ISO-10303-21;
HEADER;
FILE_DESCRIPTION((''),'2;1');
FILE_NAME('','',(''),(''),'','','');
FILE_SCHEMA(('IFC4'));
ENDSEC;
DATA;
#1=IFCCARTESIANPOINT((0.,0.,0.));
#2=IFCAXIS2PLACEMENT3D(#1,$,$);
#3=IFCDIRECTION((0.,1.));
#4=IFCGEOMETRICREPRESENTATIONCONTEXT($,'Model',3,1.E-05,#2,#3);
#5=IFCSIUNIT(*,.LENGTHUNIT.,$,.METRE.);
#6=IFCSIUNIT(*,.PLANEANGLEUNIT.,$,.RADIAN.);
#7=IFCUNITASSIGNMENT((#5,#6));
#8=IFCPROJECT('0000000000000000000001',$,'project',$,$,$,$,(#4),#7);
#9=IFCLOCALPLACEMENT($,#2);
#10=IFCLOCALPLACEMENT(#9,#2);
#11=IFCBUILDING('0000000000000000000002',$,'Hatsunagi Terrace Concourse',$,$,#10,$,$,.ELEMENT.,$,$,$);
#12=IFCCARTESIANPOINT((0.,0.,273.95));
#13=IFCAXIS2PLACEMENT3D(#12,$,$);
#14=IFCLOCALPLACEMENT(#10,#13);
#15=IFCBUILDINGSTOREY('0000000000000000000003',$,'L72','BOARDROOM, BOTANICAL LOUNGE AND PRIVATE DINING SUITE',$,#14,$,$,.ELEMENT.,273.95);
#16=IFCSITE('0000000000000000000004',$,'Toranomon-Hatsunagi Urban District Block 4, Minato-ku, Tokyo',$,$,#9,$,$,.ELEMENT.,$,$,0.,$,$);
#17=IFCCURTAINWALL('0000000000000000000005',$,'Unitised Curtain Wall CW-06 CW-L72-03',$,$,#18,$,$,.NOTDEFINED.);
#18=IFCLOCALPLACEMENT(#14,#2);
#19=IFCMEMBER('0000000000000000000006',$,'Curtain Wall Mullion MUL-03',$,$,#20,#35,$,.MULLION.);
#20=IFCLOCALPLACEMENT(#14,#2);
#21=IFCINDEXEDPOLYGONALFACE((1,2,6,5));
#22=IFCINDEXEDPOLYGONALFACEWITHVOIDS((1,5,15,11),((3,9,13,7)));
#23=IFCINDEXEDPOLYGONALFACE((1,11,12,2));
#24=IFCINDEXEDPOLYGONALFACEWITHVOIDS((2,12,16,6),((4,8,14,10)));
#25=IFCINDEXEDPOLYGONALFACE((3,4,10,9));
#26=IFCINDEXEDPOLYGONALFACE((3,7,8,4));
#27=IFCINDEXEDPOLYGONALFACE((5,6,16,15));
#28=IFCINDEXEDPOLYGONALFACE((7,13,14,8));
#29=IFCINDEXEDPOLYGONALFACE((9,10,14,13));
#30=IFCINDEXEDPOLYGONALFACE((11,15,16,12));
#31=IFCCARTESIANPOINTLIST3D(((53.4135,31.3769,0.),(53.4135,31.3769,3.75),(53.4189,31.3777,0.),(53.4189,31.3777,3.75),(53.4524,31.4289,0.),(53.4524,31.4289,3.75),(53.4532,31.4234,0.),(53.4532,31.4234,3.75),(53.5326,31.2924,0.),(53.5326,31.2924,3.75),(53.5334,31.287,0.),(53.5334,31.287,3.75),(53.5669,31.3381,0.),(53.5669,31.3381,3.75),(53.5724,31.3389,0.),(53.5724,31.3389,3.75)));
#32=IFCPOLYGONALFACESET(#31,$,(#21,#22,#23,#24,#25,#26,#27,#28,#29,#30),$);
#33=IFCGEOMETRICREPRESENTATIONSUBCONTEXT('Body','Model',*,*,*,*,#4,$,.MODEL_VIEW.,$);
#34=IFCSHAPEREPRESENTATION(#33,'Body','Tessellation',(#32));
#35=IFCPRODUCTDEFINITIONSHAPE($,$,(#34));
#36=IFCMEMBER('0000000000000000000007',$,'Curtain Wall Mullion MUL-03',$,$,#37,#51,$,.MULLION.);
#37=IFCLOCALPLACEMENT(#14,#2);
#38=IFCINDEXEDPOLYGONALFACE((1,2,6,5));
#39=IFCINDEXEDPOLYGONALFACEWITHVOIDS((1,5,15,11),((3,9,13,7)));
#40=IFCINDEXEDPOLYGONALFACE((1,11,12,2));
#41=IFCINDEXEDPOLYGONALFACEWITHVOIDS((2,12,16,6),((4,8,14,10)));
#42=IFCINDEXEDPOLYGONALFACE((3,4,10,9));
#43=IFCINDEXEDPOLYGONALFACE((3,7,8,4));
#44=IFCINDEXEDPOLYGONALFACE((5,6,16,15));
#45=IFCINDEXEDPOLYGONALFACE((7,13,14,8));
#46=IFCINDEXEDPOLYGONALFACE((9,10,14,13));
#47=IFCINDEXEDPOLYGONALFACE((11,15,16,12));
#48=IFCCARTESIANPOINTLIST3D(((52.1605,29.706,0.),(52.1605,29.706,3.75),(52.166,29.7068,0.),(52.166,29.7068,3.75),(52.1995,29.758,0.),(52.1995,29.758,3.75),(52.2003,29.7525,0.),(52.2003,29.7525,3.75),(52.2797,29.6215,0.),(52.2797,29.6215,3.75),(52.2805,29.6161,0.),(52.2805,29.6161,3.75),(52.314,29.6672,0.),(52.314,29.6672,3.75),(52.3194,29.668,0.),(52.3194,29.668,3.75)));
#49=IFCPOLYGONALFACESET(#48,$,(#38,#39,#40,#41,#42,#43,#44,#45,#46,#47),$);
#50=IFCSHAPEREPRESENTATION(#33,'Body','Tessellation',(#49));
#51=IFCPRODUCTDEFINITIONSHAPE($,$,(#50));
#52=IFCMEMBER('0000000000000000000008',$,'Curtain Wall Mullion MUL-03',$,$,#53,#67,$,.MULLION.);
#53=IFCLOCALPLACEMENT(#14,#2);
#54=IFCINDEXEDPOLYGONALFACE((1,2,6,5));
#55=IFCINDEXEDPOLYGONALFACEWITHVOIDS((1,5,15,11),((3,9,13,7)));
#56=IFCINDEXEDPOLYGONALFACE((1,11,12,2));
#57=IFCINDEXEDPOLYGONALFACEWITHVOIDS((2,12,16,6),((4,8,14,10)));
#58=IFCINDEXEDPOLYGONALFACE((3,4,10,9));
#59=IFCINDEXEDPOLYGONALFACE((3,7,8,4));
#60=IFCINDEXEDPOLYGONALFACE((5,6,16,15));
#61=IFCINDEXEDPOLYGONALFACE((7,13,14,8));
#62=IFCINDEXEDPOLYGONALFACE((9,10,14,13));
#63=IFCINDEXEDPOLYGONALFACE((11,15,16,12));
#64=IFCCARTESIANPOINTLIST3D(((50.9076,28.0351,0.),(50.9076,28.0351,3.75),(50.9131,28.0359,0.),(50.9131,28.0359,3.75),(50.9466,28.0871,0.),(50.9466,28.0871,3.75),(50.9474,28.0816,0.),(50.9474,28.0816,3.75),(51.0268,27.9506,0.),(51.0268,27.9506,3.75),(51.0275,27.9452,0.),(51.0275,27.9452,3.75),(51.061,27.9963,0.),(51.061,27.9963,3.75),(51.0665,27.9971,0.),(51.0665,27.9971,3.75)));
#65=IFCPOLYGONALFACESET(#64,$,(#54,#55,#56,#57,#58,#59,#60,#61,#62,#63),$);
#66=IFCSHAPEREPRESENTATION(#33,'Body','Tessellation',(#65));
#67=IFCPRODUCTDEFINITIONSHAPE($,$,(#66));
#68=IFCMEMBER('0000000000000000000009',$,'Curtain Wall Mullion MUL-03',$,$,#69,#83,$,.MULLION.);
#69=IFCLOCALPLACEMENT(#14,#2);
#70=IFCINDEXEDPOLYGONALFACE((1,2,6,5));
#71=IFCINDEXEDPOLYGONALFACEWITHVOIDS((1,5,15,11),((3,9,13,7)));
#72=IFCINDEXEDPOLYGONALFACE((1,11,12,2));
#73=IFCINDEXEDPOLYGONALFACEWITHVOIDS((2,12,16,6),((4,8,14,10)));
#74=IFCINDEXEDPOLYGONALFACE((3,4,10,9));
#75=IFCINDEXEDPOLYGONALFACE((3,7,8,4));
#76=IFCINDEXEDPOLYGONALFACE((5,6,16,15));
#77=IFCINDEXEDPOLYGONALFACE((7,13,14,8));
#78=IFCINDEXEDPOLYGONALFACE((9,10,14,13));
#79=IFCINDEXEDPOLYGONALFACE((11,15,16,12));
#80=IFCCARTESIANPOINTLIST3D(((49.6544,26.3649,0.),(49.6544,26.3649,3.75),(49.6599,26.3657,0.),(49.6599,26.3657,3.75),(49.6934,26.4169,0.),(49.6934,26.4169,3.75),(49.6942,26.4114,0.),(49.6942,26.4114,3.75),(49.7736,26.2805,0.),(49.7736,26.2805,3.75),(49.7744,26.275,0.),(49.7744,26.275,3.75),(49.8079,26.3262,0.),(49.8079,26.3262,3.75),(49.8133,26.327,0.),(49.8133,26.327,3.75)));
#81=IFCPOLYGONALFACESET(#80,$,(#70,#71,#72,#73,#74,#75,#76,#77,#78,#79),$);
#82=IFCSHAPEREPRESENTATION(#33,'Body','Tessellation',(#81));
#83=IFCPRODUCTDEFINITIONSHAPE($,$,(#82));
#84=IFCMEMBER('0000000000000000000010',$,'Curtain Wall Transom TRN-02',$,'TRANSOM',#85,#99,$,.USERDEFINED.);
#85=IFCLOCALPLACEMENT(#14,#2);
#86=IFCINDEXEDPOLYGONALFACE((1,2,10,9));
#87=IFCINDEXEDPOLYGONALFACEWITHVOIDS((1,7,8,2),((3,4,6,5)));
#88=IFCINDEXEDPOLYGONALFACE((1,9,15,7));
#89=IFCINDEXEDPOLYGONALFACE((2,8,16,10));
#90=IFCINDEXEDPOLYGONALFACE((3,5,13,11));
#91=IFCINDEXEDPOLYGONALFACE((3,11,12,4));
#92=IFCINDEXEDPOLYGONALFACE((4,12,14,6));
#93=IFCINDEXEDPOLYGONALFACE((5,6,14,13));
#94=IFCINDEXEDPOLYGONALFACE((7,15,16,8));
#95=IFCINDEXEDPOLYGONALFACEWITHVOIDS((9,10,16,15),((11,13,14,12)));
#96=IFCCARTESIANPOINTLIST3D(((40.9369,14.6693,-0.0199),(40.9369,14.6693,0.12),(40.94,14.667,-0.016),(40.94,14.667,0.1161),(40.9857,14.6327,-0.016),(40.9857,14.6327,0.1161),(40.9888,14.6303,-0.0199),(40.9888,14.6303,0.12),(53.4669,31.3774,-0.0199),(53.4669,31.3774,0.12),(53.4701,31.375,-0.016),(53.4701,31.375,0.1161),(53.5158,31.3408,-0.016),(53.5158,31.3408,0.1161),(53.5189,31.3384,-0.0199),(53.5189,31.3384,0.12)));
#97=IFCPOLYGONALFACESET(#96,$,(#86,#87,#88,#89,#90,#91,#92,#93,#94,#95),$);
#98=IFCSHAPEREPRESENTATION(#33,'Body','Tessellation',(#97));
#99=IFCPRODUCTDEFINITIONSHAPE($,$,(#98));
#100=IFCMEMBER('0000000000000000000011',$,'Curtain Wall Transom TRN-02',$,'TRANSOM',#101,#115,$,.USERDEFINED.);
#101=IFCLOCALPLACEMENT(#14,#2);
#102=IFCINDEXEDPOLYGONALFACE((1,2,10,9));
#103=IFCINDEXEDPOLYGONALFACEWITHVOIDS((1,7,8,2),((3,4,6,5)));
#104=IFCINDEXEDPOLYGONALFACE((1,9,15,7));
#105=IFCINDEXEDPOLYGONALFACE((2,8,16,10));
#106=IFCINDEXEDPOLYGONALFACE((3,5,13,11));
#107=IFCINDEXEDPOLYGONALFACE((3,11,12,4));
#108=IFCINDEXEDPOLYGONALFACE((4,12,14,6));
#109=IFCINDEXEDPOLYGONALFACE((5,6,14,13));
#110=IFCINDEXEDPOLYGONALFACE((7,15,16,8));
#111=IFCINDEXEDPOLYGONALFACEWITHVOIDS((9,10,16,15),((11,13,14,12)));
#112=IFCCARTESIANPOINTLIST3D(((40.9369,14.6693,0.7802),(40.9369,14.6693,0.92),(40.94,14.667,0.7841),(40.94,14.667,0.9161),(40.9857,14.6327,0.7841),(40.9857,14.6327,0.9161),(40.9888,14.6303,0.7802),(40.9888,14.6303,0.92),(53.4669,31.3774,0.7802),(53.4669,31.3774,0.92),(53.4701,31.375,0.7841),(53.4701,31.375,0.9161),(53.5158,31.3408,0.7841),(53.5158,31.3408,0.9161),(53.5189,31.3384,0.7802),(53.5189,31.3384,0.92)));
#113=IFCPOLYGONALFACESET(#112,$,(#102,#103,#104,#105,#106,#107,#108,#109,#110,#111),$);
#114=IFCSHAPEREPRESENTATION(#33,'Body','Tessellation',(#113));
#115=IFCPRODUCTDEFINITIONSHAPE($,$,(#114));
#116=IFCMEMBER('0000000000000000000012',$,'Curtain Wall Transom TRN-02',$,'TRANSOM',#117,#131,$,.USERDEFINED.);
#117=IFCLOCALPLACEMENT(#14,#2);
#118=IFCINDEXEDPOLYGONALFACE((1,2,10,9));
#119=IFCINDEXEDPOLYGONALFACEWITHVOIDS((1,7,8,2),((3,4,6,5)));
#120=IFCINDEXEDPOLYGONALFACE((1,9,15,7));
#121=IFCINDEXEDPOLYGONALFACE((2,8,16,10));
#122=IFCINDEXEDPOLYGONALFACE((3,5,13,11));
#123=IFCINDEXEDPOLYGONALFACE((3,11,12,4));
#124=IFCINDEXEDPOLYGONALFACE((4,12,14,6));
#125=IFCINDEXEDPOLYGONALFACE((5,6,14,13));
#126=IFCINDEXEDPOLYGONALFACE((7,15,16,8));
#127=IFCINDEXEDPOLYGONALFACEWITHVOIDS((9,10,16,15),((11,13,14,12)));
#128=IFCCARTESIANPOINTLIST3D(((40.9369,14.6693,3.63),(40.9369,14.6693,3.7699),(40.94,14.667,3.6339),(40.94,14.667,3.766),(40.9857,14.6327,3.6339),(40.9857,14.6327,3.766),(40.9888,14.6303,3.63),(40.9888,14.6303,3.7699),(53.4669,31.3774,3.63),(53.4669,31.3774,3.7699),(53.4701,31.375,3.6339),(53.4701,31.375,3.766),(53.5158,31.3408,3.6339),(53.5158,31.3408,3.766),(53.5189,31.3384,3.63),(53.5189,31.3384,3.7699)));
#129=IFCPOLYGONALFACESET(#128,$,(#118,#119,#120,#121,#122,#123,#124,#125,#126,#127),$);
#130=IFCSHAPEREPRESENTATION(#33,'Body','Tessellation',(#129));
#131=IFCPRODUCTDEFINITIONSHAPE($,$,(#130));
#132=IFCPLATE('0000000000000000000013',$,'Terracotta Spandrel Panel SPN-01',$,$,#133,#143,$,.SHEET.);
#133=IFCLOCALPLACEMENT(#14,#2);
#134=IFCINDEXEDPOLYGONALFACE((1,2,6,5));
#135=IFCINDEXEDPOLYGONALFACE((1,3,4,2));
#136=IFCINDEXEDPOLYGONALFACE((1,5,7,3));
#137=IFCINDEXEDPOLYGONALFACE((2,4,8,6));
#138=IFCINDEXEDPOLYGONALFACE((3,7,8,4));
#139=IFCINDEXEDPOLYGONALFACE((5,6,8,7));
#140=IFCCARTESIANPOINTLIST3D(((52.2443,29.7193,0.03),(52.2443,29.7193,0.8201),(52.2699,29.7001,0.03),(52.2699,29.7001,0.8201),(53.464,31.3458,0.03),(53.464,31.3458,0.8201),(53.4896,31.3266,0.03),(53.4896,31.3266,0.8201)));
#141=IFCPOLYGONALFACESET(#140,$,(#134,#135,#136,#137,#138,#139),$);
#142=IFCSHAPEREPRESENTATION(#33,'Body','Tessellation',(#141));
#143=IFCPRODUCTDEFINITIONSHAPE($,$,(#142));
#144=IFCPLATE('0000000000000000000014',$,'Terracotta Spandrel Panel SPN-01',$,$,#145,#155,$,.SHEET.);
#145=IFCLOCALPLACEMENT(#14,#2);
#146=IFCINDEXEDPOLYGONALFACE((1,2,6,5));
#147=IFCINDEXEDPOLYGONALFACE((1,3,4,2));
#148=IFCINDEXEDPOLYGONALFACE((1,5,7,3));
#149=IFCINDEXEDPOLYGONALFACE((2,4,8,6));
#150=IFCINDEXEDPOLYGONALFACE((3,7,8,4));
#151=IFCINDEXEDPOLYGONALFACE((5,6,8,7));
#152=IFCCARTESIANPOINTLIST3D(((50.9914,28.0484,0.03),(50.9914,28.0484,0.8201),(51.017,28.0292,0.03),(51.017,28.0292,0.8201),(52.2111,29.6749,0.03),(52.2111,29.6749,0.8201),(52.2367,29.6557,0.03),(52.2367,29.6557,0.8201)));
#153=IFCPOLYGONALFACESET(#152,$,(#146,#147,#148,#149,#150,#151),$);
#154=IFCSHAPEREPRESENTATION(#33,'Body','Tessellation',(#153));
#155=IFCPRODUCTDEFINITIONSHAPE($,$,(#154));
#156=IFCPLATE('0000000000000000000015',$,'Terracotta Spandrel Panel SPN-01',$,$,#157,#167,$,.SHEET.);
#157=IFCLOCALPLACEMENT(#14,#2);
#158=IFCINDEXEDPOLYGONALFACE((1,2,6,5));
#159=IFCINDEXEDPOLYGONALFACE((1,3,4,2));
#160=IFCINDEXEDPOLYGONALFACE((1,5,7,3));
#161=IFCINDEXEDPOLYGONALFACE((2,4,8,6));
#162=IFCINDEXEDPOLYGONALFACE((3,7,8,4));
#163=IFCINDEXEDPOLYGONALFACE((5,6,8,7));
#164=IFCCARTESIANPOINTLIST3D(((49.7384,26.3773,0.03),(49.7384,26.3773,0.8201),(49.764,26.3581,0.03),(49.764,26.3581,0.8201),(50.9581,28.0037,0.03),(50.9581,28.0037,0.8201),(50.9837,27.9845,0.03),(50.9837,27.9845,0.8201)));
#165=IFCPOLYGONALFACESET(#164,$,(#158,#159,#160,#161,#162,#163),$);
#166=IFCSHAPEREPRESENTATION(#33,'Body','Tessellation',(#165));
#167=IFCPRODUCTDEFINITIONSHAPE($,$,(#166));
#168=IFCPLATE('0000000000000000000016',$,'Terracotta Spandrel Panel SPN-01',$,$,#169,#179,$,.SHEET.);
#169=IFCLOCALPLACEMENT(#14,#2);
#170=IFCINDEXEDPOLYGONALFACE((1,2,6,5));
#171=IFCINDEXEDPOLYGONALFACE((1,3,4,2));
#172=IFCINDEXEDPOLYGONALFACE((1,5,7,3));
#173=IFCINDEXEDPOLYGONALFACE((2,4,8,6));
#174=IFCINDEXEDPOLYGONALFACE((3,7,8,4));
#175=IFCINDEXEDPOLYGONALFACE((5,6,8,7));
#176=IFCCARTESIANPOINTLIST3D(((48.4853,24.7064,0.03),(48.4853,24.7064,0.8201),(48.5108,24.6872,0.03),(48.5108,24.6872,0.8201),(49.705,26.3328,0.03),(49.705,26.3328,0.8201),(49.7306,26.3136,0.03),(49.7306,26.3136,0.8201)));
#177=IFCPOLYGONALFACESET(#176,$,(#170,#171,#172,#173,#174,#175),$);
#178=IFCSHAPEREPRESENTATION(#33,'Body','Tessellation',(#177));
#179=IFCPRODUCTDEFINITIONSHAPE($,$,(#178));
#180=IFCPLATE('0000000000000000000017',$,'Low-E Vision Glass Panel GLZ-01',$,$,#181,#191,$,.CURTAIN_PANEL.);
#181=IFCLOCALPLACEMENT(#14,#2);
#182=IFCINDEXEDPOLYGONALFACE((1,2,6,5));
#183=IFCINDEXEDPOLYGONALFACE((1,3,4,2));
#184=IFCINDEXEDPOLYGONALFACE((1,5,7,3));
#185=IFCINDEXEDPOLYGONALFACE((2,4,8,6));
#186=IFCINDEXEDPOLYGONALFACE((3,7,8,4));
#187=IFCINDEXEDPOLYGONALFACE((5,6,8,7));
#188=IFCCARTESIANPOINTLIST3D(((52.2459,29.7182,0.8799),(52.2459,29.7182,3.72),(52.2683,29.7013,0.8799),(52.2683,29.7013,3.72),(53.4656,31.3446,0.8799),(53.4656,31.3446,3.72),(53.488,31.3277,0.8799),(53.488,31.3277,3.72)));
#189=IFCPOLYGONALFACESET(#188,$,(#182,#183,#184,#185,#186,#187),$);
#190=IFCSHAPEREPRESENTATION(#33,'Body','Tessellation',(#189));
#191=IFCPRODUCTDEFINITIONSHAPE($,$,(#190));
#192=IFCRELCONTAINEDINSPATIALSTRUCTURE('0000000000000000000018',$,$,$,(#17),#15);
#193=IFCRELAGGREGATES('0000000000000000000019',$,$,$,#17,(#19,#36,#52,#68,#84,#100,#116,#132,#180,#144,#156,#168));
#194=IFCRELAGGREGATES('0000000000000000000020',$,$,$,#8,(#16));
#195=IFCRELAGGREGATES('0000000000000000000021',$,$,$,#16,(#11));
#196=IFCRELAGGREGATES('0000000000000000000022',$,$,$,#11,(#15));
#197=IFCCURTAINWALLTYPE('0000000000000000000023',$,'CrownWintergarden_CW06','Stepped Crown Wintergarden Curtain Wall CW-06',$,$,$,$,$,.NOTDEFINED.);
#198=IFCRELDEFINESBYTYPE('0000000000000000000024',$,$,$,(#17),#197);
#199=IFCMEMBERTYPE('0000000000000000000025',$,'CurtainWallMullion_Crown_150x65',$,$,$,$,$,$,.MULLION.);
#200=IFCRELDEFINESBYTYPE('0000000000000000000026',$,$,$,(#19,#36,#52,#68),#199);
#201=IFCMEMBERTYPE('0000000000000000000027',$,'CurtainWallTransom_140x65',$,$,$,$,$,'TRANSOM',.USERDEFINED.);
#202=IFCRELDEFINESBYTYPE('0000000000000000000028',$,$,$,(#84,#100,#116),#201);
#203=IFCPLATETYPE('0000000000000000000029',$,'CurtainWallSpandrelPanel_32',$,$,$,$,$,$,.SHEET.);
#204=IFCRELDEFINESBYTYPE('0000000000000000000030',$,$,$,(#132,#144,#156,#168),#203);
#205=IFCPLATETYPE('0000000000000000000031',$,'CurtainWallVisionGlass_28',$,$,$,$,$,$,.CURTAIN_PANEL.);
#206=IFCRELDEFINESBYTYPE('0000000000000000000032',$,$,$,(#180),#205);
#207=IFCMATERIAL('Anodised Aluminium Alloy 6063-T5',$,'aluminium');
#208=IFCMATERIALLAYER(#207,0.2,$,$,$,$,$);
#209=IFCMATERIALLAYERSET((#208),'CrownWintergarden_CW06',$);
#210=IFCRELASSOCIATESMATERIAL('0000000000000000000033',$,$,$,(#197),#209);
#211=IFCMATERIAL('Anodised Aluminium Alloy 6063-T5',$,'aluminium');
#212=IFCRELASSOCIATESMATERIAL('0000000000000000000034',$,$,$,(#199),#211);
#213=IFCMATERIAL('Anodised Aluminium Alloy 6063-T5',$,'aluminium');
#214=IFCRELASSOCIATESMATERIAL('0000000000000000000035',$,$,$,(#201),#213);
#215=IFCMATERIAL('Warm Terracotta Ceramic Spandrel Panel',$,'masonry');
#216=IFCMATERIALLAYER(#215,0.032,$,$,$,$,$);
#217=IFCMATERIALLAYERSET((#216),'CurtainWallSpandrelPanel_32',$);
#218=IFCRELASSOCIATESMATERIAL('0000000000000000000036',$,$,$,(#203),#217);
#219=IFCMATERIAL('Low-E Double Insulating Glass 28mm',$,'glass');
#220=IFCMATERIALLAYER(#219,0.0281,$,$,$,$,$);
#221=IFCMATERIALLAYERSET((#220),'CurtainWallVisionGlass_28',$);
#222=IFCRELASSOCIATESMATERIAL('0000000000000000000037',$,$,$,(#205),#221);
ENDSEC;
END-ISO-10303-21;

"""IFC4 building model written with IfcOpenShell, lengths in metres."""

from ifc_helpers import new_model, si_unit, direction, frame, origin, origin_2d, place, context, subcontext, project, spatial, rectangle, hollow_rectangle, extrude, material, layer, layer_set, material_profile, profile_set, type_object, element, aggregate, save


model = new_model("IFC4")

# Units and contexts
model_context = context("Model", 3, precision=1e-05, world=origin(), true_north=direction((0.0, 1.0)))
body_context = subcontext(model_context, "Body", "Model", "MODEL_VIEW")
ifc_project = project(units=[si_unit("LENGTHUNIT", "METRE"), si_unit("PLANEANGLEUNIT", "RADIAN")], contexts=[model_context])

# Site, building, storey
site_placement = place(None, origin())
site = spatial("IfcSite", under=ifc_project, at=site_placement, Name="Toranomon-Hatsunagi Urban District Block 4, Minato-ku, Tokyo", CompositionType="ELEMENT", RefElevation=0.0)
building_placement = place(site_placement, origin())
building = spatial("IfcBuilding", under=site, at=building_placement, Name="Hatsunagi Terrace Concourse", CompositionType="ELEMENT")
storey_placement = place(building_placement, frame((0.0, 0.0, 273.95)))
storey = spatial("IfcBuildingStorey", under=building, at=storey_placement, Name="L72", Description="BOARDROOM, BOTANICAL LOUNGE AND PRIVATE DINING SUITE", CompositionType="ELEMENT", Elevation=273.95)

# Curtain wall, members, plates
ifc_material_1 = material(Name="Anodised Aluminium Alloy 6063-T5", Category="aluminium")
ifc_layer_1 = layer(ifc_material_1, 0.2)
ifc_layer_set_1 = layer_set([ifc_layer_1], Name="CrownWintergarden_CW06")
curtain_wall_type = type_object("IfcCurtainWallType", Name="CrownWintergarden_CW06", Description="Stepped Crown Wintergarden Curtain Wall CW-06", PredefinedType="NOTDEFINED", material=ifc_layer_set_1)
curtain_wall_placement = place(storey_placement, origin())
curtain_wall = element("IfcCurtainWall", 1, at=curtain_wall_placement, inside=storey, type_object=curtain_wall_type, Name="Unitised Curtain Wall CW-06 CW-L72-03", PredefinedType="NOTDEFINED")
ifc_material_2 = material(Name="Anodised Aluminium Alloy 6063-T5", Category="aluminium")
ifc_material_profile_1 = material_profile(ifc_material_2, hollow_rectangle(XDim=0.0649, YDim=0.1499, WallThickness=0.0039, at=origin_2d()), Name="ALU-MUL-150x65x4")
ifc_profile_set_1 = profile_set([ifc_material_profile_1], Name="Anodised Aluminium Alloy 6063-T5")
member_type_1 = type_object("IfcMemberType", Name="CurtainWallMullion_Crown_150x65", PredefinedType="MULLION", material=ifc_profile_set_1)
member_1_placement = place(storey_placement, frame((53.4929, 31.3579, 0.0), z_axis=(0.0, 0.0, 1.0), x_axis=(-0.599969, -0.800023, 0.0)))
member_1 = element("IfcMember", 2, at=member_1_placement, type_object=member_type_1, Name="Curtain Wall Mullion MUL-03", PredefinedType="MULLION", context=body_context, shape_type="SweptSolid", body=[
    extrude(hollow_rectangle(XDim=0.0649, YDim=0.1499, WallThickness=0.0039, at=origin_2d()), origin(), (0.0, 0.0, 1.0), 3.75),
])
member_2_placement = place(storey_placement, frame((52.24, 29.687, 0.0), z_axis=(0.0, 0.0, 1.0), x_axis=(-0.599969, -0.800023, 0.0)))
member_2 = element("IfcMember", 3, at=member_2_placement, type_object=member_type_1, Name="Curtain Wall Mullion MUL-03", PredefinedType="MULLION", context=body_context, shape_type="SweptSolid", body=[
    extrude(hollow_rectangle(XDim=0.0649, YDim=0.1499, WallThickness=0.0039, at=origin_2d()), origin(), (0.0, 0.0, 1.0), 3.75),
])
member_3_placement = place(storey_placement, frame((50.9871, 28.0161, 0.0), z_axis=(0.0, 0.0, 1.0), x_axis=(-0.599969, -0.800023, 0.0)))
member_3 = element("IfcMember", 4, at=member_3_placement, type_object=member_type_1, Name="Curtain Wall Mullion MUL-03", PredefinedType="MULLION", context=body_context, shape_type="SweptSolid", body=[
    extrude(hollow_rectangle(XDim=0.0649, YDim=0.1499, WallThickness=0.0039, at=origin_2d()), origin(), (0.0, 0.0, 1.0), 3.75),
])
member_4_placement = place(storey_placement, frame((49.7339, 26.3459, 0.0), z_axis=(0.0, 0.0, 1.0), x_axis=(-0.599969, -0.800023, 0.0)))
member_4 = element("IfcMember", 5, at=member_4_placement, type_object=member_type_1, Name="Curtain Wall Mullion MUL-03", PredefinedType="MULLION", context=body_context, shape_type="SweptSolid", body=[
    extrude(hollow_rectangle(XDim=0.0649, YDim=0.1499, WallThickness=0.0039, at=origin_2d()), origin(), (0.0, 0.0, 1.0), 3.75),
])
ifc_material_3 = material(Name="Anodised Aluminium Alloy 6063-T5", Category="aluminium")
ifc_material_profile_2 = material_profile(ifc_material_3, hollow_rectangle(XDim=0.0649, YDim=0.1399, WallThickness=0.0039, at=origin_2d()), Name="ALU-TRN-140x65x4")
ifc_profile_set_2 = profile_set([ifc_material_profile_2], Name="Anodised Aluminium Alloy 6063-T5")
member_type_2 = type_object("IfcMemberType", Name="CurtainWallTransom_140x65", ElementType="TRANSOM", PredefinedType="USERDEFINED", material=ifc_profile_set_2)
member_5_placement = place(storey_placement, frame((53.4929, 31.3579, 0.05), z_axis=(-0.59997, -0.800022, 0.0), x_axis=(0.800022, -0.59997, 0.0)))
member_5 = element("IfcMember", 6, at=member_5_placement, type_object=member_type_2, Name="Curtain Wall Transom TRN-02", ObjectType="TRANSOM", PredefinedType="USERDEFINED", context=body_context, shape_type="SweptSolid", body=[
    extrude(hollow_rectangle(XDim=0.0649, YDim=0.1399, WallThickness=0.0039, at=origin_2d()), origin(), (0.0, 0.0, 1.0), 20.8845),
])
member_6_placement = place(storey_placement, frame((53.4929, 31.3579, 0.8501), z_axis=(-0.59997, -0.800022, 0.0), x_axis=(0.800022, -0.59997, 0.0)))
member_6 = element("IfcMember", 7, at=member_6_placement, type_object=member_type_2, Name="Curtain Wall Transom TRN-02", ObjectType="TRANSOM", PredefinedType="USERDEFINED", context=body_context, shape_type="SweptSolid", body=[
    extrude(hollow_rectangle(XDim=0.0649, YDim=0.1399, WallThickness=0.0039, at=origin_2d()), origin(), (0.0, 0.0, 1.0), 20.8845),
])
member_7_placement = place(storey_placement, frame((53.4929, 31.3579, 3.7), z_axis=(-0.59997, -0.800022, 0.0), x_axis=(0.800022, -0.59997, 0.0)))
member_7 = element("IfcMember", 8, at=member_7_placement, type_object=member_type_2, Name="Curtain Wall Transom TRN-02", ObjectType="TRANSOM", PredefinedType="USERDEFINED", context=body_context, shape_type="SweptSolid", body=[
    extrude(hollow_rectangle(XDim=0.0649, YDim=0.1399, WallThickness=0.0039, at=origin_2d()), origin(), (0.0, 0.0, 1.0), 20.8845),
])
ifc_material_4 = material(Name="Warm Terracotta Ceramic Spandrel Panel", Category="masonry")
ifc_layer_2 = layer(ifc_material_4, 0.032)
ifc_layer_set_2 = layer_set([ifc_layer_2], Name="CurtainWallSpandrelPanel_32")
plate_type_1 = type_object("IfcPlateType", Name="CurtainWallSpandrelPanel_32", PredefinedType="SHEET", material=ifc_layer_set_2)
plate_1_placement = place(storey_placement, frame((52.8669, 30.5229, 0.03), z_axis=(0.0, 0.0, 1.0), x_axis=(-0.599969, -0.800023, 0.0)))
plate_1 = element("IfcPlate", 9, at=plate_1_placement, type_object=plate_type_1, Name="Terracotta Spandrel Panel SPN-01", PredefinedType="SHEET", context=body_context, shape_type="SweptSolid", body=[
    extrude(rectangle(XDim=2.033, YDim=0.032, at=origin_2d()), origin(), (0.0, 0.0, 1.0), 0.79),
])
plate_2_placement = place(storey_placement, frame((51.614, 28.8521, 0.03), z_axis=(0.0, 0.0, 1.0), x_axis=(-0.599969, -0.800023, 0.0)))
plate_2 = element("IfcPlate", 10, at=plate_2_placement, type_object=plate_type_1, Name="Terracotta Spandrel Panel SPN-01", PredefinedType="SHEET", context=body_context, shape_type="SweptSolid", body=[
    extrude(rectangle(XDim=2.033, YDim=0.032, at=origin_2d()), origin(), (0.0, 0.0, 1.0), 0.79),
])
plate_3_placement = place(storey_placement, frame((50.3611, 27.1809, 0.03), z_axis=(0.0, 0.0, 1.0), x_axis=(-0.599969, -0.800023, 0.0)))
plate_3 = element("IfcPlate", 11, at=plate_3_placement, type_object=plate_type_1, Name="Terracotta Spandrel Panel SPN-01", PredefinedType="SHEET", context=body_context, shape_type="SweptSolid", body=[
    extrude(rectangle(XDim=2.033, YDim=0.032, at=origin_2d()), origin(), (0.0, 0.0, 1.0), 0.79),
])
plate_4_placement = place(storey_placement, frame((49.1079, 25.51, 0.03), z_axis=(0.0, 0.0, 1.0), x_axis=(-0.599969, -0.800023, 0.0)))
plate_4 = element("IfcPlate", 12, at=plate_4_placement, type_object=plate_type_1, Name="Terracotta Spandrel Panel SPN-01", PredefinedType="SHEET", context=body_context, shape_type="SweptSolid", body=[
    extrude(rectangle(XDim=2.033, YDim=0.032, at=origin_2d()), origin(), (0.0, 0.0, 1.0), 0.79),
])
ifc_material_5 = material(Name="Low-E Double Insulating Glass 28mm", Category="glass")
ifc_layer_3 = layer(ifc_material_5, 0.0281)
ifc_layer_set_3 = layer_set([ifc_layer_3], Name="CurtainWallVisionGlass_28")
plate_type_2 = type_object("IfcPlateType", Name="CurtainWallVisionGlass_28", PredefinedType="CURTAIN_PANEL", material=ifc_layer_set_3)
plate_5_placement = place(storey_placement, frame((52.8669, 30.5229, 0.8799), z_axis=(0.0, 0.0, 1.0), x_axis=(-0.599969, -0.800023, 0.0)))
plate_5 = element("IfcPlate", 13, at=plate_5_placement, type_object=plate_type_2, Name="Low-E Vision Glass Panel GLZ-01", PredefinedType="CURTAIN_PANEL", context=body_context, shape_type="SweptSolid", body=[
    extrude(rectangle(XDim=2.033, YDim=0.0281, at=origin_2d()), origin(), (0.0, 0.0, 1.0), 2.8401),
])
aggregate(curtain_wall, [member_1, member_2, member_3, member_4, member_5, member_6, member_7, plate_1, plate_5, plate_2, plate_3, plate_4])

save(model, "model.ifc")
